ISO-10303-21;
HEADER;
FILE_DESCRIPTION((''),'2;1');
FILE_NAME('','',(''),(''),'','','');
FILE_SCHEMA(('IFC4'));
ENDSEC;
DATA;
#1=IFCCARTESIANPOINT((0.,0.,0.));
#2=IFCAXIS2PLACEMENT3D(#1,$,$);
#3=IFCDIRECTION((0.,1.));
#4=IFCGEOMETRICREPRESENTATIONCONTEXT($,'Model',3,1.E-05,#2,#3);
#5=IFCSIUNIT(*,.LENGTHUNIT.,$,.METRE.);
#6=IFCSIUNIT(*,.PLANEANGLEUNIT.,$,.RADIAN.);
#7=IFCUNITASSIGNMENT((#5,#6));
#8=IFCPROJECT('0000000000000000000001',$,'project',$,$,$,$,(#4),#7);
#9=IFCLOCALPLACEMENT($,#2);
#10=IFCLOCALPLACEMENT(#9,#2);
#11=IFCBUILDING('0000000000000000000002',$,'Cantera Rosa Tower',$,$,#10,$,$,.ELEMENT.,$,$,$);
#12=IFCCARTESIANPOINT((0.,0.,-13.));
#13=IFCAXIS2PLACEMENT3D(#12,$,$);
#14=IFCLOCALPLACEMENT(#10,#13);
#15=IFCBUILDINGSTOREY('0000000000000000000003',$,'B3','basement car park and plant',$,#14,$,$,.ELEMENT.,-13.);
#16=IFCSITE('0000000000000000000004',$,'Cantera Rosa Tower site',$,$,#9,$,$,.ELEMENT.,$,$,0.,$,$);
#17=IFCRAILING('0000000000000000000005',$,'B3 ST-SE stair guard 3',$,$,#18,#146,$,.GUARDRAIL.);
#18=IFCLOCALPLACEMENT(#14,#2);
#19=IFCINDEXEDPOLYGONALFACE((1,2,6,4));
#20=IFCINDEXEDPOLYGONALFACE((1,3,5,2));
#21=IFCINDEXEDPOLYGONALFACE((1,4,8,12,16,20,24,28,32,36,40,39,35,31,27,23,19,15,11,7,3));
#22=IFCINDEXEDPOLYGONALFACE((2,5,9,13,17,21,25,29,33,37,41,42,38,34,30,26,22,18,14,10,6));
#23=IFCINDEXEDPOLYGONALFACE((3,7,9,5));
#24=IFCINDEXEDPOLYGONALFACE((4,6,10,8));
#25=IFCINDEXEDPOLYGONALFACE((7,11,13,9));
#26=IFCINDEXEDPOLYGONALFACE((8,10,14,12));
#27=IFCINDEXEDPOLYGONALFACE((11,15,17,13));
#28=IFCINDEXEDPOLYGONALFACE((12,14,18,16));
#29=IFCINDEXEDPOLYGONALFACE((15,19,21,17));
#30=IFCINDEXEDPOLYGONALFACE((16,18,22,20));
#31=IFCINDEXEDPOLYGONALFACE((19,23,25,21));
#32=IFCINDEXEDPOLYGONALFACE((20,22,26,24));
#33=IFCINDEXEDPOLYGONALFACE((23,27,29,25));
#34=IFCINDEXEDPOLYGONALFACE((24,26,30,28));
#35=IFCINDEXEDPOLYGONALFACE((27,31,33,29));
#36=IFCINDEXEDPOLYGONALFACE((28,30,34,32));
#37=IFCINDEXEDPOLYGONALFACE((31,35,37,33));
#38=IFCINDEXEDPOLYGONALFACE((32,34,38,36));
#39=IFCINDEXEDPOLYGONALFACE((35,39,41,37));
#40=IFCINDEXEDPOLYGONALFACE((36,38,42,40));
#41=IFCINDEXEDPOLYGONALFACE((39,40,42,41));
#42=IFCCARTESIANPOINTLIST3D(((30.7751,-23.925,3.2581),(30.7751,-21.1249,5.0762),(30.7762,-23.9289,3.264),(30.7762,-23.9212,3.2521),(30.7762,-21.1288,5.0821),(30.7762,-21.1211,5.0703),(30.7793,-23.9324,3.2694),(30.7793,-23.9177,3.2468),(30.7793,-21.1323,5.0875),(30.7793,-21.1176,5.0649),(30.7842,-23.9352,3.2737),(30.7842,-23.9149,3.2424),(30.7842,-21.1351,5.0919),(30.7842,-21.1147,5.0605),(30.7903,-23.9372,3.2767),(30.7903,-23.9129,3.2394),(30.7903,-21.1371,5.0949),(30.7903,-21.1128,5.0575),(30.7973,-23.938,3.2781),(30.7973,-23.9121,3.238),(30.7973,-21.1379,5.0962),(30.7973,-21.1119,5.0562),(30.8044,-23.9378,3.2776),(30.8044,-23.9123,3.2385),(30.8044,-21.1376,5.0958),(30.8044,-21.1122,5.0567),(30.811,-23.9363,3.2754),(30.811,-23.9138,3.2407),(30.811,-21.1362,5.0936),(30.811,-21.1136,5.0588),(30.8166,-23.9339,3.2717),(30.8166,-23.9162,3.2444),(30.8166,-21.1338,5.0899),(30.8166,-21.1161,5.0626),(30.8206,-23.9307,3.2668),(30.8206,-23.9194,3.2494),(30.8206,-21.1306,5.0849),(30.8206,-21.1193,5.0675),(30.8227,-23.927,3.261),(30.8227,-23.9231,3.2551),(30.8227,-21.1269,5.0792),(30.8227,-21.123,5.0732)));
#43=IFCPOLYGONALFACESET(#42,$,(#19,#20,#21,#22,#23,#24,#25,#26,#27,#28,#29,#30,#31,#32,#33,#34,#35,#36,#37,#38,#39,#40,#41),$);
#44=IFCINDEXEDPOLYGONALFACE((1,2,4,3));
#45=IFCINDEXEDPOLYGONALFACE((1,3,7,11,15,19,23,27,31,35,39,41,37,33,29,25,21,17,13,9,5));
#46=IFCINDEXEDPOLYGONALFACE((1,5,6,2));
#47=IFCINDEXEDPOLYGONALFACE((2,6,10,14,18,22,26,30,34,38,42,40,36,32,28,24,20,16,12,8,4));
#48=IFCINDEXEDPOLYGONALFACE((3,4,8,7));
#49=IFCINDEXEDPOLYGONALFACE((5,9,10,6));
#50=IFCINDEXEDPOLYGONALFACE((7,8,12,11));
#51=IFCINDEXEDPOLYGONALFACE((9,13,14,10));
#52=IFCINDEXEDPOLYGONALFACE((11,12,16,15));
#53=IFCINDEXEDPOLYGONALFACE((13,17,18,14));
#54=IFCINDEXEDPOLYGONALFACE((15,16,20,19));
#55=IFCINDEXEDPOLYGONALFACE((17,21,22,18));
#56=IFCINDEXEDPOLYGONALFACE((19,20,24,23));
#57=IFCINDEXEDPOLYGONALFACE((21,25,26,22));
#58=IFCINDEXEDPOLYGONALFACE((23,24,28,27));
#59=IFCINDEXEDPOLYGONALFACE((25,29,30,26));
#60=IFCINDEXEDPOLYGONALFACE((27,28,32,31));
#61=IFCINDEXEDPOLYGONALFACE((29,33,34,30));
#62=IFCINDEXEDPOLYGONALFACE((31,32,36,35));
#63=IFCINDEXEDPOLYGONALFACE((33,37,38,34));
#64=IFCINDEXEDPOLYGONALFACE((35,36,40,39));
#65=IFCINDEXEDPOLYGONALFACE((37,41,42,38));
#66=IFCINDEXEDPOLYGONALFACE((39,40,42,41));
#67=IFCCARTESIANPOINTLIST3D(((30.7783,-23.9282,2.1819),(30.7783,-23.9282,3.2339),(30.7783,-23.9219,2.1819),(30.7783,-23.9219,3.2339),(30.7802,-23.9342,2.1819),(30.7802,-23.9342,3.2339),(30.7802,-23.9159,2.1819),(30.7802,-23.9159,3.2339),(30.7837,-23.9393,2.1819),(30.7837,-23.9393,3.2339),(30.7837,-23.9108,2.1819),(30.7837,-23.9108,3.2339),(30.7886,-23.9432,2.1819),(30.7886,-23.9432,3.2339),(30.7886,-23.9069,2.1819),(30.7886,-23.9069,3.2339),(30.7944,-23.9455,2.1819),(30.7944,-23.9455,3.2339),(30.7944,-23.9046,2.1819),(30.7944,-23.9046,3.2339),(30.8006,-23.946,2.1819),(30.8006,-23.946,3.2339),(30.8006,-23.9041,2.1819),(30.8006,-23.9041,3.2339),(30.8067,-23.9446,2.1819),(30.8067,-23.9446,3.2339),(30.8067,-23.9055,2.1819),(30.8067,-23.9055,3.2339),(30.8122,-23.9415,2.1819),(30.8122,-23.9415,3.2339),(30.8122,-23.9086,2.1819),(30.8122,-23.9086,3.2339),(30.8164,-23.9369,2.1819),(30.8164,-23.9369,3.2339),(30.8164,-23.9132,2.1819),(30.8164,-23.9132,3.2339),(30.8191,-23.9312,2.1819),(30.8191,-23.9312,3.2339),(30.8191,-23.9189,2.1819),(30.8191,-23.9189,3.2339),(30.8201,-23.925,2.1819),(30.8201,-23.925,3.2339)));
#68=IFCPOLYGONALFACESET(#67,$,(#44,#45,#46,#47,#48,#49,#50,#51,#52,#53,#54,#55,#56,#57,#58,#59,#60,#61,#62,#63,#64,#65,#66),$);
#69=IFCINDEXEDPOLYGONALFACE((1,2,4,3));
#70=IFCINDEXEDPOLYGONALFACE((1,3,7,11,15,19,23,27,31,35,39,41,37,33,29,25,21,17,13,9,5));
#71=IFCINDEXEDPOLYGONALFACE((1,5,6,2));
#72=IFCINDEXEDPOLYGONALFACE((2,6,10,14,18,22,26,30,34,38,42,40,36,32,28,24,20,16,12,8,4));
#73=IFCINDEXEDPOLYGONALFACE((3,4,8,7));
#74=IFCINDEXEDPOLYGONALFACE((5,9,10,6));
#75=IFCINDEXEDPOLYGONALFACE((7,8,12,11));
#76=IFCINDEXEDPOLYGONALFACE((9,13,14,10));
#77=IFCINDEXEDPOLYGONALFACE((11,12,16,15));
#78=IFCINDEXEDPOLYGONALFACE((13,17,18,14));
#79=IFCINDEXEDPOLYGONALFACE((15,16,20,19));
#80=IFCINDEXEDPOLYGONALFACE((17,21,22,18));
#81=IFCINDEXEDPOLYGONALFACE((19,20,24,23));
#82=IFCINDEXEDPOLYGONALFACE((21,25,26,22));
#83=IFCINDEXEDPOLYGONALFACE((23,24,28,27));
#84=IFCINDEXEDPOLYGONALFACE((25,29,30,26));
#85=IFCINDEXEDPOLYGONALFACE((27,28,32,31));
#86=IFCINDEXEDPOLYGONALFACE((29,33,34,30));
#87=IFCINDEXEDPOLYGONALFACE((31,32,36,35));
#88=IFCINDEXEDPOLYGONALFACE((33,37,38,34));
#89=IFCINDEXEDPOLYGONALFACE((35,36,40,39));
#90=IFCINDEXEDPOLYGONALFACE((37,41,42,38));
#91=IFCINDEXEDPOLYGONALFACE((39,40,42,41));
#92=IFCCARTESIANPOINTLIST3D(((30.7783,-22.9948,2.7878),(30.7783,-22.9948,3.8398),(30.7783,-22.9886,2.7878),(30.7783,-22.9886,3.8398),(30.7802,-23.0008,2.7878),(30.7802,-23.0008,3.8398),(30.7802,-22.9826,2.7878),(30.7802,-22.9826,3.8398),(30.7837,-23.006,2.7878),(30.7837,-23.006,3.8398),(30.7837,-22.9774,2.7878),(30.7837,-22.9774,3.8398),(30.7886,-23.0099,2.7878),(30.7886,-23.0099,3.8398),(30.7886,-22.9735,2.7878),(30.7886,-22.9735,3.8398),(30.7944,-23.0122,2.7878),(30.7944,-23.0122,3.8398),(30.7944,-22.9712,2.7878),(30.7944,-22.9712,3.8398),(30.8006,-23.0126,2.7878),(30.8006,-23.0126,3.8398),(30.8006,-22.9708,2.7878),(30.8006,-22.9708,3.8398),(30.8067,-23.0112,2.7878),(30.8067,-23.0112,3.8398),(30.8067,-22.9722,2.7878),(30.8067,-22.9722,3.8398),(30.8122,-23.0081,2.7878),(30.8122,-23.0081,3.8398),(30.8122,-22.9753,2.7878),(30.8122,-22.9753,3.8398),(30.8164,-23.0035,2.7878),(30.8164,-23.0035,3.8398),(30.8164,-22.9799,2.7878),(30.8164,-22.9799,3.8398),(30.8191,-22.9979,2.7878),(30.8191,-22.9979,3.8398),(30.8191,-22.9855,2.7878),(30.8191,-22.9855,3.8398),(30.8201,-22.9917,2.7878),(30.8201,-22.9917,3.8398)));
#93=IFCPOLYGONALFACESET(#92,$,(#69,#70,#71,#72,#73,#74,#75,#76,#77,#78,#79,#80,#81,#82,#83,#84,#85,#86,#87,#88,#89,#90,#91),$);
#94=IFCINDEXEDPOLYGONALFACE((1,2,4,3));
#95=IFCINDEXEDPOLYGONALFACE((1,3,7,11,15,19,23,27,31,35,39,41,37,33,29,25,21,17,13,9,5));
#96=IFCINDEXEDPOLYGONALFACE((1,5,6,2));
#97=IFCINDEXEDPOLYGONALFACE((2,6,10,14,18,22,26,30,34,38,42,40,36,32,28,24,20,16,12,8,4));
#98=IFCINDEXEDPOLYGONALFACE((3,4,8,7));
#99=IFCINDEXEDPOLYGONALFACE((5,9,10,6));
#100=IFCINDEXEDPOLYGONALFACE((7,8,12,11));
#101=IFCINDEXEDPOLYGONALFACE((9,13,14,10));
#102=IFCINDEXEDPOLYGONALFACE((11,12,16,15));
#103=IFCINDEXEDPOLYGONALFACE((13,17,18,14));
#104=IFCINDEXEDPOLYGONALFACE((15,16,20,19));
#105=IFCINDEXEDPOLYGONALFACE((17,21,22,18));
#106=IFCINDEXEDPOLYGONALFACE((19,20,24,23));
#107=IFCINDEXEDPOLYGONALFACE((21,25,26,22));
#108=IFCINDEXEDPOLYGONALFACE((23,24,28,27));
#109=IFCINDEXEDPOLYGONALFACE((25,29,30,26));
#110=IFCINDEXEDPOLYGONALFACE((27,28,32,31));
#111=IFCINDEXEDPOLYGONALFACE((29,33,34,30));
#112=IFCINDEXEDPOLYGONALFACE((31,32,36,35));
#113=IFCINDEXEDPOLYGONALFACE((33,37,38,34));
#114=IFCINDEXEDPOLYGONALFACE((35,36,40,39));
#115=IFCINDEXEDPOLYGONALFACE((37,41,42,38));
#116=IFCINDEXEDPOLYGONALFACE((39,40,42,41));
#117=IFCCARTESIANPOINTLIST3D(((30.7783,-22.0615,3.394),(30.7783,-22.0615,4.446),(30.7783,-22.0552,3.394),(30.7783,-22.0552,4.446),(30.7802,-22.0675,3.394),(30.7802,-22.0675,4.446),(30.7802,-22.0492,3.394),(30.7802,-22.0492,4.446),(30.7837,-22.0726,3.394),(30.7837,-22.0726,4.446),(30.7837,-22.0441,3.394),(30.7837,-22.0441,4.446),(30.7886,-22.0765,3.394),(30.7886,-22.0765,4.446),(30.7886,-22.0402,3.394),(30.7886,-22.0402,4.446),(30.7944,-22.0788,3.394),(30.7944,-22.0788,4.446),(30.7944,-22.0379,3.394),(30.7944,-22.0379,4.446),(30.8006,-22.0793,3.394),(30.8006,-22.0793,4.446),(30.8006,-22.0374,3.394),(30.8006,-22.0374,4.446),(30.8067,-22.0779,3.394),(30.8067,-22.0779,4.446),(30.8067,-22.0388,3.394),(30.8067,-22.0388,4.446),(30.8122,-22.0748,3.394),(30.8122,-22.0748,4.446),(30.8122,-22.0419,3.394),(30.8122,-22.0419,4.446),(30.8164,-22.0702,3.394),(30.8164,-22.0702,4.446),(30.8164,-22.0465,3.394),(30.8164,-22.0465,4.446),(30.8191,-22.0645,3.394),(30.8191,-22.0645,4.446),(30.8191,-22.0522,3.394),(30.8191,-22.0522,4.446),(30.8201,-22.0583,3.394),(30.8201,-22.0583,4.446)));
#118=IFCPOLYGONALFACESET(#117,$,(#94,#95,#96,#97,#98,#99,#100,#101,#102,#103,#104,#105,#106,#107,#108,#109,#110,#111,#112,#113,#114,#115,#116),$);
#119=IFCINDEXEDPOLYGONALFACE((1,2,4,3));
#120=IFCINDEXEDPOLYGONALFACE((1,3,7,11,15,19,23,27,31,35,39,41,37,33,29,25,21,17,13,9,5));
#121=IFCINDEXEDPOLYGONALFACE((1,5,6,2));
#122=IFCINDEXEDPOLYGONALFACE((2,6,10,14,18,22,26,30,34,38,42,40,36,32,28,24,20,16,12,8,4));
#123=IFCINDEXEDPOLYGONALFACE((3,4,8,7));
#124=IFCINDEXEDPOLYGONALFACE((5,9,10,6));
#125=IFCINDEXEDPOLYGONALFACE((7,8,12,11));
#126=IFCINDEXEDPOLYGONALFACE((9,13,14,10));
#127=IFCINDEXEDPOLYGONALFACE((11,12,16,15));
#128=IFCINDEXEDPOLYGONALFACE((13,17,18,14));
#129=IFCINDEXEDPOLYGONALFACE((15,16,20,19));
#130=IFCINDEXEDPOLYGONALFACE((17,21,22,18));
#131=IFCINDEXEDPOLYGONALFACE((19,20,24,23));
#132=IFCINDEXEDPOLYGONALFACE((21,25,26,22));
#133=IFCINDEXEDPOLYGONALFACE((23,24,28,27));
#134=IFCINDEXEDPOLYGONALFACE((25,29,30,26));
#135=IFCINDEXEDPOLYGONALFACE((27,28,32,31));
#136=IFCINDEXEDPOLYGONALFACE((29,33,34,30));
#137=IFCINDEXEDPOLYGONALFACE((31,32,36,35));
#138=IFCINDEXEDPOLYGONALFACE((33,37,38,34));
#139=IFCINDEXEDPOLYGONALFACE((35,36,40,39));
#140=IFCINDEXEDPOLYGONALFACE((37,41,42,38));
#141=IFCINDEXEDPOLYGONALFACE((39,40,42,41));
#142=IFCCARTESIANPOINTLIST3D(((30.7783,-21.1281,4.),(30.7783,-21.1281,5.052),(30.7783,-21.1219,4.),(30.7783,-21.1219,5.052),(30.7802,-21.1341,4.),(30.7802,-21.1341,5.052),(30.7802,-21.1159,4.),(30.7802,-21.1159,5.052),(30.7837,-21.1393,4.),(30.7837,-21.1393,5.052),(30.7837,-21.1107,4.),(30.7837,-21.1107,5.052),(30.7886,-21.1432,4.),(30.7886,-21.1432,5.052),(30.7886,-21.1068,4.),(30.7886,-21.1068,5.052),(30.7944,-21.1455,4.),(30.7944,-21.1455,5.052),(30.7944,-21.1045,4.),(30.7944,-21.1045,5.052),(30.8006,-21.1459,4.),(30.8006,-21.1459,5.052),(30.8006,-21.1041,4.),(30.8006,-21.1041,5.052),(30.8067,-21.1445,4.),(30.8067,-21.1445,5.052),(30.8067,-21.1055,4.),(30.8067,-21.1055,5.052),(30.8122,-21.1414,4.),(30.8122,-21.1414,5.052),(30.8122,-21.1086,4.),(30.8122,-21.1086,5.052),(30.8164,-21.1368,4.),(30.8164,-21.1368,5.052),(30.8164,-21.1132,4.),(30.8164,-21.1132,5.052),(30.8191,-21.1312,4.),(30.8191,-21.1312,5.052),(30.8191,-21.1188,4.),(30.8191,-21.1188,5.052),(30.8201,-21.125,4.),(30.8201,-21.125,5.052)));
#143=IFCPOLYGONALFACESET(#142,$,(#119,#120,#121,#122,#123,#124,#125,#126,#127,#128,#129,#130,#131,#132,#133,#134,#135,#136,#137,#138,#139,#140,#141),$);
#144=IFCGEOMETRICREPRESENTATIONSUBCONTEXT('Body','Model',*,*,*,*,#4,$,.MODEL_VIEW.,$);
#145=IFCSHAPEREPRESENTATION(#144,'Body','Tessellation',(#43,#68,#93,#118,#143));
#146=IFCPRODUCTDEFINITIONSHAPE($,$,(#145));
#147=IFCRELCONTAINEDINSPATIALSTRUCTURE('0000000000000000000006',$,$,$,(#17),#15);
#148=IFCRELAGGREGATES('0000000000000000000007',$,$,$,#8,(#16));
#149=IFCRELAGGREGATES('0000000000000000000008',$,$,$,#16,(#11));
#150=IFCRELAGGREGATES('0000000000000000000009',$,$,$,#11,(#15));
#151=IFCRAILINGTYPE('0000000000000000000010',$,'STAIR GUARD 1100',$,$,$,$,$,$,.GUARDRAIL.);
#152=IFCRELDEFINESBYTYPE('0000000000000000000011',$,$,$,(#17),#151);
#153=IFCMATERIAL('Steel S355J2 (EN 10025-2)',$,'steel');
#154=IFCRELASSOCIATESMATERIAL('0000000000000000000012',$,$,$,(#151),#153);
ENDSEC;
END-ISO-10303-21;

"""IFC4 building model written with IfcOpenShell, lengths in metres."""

from ifc_helpers import new_model, si_unit, direction, frame, origin, origin_2d, place, context, subcontext, project, spatial, circle, extrude, material, type_object, element, save


model = new_model("IFC4")

# Units and contexts
model_context = context("Model", 3, precision=1e-05, world=origin(), true_north=direction((0.0, 1.0)))
body_context = subcontext(model_context, "Body", "Model", "MODEL_VIEW")
ifc_project = project(units=[si_unit("LENGTHUNIT", "METRE"), si_unit("PLANEANGLEUNIT", "RADIAN")], contexts=[model_context])

# Site, building, storey
site_placement = place(None, origin())
site = spatial("IfcSite", under=ifc_project, at=site_placement, Name="Cantera Rosa Tower site", CompositionType="ELEMENT", RefElevation=0.0)
building_placement = place(site_placement, origin())
building = spatial("IfcBuilding", under=site, at=building_placement, Name="Cantera Rosa Tower", CompositionType="ELEMENT")
storey_placement = place(building_placement, frame((0.0, 0.0, -13.0)))
storey = spatial("IfcBuildingStorey", under=building, at=storey_placement, Name="B3", Description="basement car park and plant", CompositionType="ELEMENT", Elevation=-13.0)

# Railing
ifc_material_1 = material(Name="Steel S355J2 (EN 10025-2)", Category="steel")
railing_type_1 = type_object("IfcRailingType", Name="STAIR GUARD 1100", PredefinedType="GUARDRAIL", material=ifc_material_1)
railing_1_placement = place(storey_placement, frame((30.7991, -23.925, 2.1819)))
element("IfcRailing", 1, at=railing_1_placement, inside=storey, type_object=railing_type_1, Name="B3 ST-SE stair guard 3", PredefinedType="GUARDRAIL", context=body_context, shape_type="SweptSolid", body=[
    extrude(circle(Radius=0.0239, at=origin_2d()), frame((0.0, 0.0, 1.0762), z_axis=(0.0, 0.838706, 0.544585), x_axis=(-1.0, 0.0, 0.0)), (0.0, 0.0, 1.0), 3.3386),
    extrude(circle(Radius=0.021, at=origin_2d()), origin(), (0.0, 0.0, 1.0), 1.052),
    extrude(circle(Radius=0.021, at=origin_2d()), frame((0.0, 0.9333, 0.606)), (0.0, 0.0, 1.0), 1.052),
    extrude(circle(Radius=0.021, at=origin_2d()), frame((0.0, 1.8667, 1.2122)), (0.0, 0.0, 1.0), 1.052),
    extrude(circle(Radius=0.021, at=origin_2d()), frame((0.0, 2.8, 1.8181)), (0.0, 0.0, 1.0), 1.052),
])

save(model, "model.ifc")
